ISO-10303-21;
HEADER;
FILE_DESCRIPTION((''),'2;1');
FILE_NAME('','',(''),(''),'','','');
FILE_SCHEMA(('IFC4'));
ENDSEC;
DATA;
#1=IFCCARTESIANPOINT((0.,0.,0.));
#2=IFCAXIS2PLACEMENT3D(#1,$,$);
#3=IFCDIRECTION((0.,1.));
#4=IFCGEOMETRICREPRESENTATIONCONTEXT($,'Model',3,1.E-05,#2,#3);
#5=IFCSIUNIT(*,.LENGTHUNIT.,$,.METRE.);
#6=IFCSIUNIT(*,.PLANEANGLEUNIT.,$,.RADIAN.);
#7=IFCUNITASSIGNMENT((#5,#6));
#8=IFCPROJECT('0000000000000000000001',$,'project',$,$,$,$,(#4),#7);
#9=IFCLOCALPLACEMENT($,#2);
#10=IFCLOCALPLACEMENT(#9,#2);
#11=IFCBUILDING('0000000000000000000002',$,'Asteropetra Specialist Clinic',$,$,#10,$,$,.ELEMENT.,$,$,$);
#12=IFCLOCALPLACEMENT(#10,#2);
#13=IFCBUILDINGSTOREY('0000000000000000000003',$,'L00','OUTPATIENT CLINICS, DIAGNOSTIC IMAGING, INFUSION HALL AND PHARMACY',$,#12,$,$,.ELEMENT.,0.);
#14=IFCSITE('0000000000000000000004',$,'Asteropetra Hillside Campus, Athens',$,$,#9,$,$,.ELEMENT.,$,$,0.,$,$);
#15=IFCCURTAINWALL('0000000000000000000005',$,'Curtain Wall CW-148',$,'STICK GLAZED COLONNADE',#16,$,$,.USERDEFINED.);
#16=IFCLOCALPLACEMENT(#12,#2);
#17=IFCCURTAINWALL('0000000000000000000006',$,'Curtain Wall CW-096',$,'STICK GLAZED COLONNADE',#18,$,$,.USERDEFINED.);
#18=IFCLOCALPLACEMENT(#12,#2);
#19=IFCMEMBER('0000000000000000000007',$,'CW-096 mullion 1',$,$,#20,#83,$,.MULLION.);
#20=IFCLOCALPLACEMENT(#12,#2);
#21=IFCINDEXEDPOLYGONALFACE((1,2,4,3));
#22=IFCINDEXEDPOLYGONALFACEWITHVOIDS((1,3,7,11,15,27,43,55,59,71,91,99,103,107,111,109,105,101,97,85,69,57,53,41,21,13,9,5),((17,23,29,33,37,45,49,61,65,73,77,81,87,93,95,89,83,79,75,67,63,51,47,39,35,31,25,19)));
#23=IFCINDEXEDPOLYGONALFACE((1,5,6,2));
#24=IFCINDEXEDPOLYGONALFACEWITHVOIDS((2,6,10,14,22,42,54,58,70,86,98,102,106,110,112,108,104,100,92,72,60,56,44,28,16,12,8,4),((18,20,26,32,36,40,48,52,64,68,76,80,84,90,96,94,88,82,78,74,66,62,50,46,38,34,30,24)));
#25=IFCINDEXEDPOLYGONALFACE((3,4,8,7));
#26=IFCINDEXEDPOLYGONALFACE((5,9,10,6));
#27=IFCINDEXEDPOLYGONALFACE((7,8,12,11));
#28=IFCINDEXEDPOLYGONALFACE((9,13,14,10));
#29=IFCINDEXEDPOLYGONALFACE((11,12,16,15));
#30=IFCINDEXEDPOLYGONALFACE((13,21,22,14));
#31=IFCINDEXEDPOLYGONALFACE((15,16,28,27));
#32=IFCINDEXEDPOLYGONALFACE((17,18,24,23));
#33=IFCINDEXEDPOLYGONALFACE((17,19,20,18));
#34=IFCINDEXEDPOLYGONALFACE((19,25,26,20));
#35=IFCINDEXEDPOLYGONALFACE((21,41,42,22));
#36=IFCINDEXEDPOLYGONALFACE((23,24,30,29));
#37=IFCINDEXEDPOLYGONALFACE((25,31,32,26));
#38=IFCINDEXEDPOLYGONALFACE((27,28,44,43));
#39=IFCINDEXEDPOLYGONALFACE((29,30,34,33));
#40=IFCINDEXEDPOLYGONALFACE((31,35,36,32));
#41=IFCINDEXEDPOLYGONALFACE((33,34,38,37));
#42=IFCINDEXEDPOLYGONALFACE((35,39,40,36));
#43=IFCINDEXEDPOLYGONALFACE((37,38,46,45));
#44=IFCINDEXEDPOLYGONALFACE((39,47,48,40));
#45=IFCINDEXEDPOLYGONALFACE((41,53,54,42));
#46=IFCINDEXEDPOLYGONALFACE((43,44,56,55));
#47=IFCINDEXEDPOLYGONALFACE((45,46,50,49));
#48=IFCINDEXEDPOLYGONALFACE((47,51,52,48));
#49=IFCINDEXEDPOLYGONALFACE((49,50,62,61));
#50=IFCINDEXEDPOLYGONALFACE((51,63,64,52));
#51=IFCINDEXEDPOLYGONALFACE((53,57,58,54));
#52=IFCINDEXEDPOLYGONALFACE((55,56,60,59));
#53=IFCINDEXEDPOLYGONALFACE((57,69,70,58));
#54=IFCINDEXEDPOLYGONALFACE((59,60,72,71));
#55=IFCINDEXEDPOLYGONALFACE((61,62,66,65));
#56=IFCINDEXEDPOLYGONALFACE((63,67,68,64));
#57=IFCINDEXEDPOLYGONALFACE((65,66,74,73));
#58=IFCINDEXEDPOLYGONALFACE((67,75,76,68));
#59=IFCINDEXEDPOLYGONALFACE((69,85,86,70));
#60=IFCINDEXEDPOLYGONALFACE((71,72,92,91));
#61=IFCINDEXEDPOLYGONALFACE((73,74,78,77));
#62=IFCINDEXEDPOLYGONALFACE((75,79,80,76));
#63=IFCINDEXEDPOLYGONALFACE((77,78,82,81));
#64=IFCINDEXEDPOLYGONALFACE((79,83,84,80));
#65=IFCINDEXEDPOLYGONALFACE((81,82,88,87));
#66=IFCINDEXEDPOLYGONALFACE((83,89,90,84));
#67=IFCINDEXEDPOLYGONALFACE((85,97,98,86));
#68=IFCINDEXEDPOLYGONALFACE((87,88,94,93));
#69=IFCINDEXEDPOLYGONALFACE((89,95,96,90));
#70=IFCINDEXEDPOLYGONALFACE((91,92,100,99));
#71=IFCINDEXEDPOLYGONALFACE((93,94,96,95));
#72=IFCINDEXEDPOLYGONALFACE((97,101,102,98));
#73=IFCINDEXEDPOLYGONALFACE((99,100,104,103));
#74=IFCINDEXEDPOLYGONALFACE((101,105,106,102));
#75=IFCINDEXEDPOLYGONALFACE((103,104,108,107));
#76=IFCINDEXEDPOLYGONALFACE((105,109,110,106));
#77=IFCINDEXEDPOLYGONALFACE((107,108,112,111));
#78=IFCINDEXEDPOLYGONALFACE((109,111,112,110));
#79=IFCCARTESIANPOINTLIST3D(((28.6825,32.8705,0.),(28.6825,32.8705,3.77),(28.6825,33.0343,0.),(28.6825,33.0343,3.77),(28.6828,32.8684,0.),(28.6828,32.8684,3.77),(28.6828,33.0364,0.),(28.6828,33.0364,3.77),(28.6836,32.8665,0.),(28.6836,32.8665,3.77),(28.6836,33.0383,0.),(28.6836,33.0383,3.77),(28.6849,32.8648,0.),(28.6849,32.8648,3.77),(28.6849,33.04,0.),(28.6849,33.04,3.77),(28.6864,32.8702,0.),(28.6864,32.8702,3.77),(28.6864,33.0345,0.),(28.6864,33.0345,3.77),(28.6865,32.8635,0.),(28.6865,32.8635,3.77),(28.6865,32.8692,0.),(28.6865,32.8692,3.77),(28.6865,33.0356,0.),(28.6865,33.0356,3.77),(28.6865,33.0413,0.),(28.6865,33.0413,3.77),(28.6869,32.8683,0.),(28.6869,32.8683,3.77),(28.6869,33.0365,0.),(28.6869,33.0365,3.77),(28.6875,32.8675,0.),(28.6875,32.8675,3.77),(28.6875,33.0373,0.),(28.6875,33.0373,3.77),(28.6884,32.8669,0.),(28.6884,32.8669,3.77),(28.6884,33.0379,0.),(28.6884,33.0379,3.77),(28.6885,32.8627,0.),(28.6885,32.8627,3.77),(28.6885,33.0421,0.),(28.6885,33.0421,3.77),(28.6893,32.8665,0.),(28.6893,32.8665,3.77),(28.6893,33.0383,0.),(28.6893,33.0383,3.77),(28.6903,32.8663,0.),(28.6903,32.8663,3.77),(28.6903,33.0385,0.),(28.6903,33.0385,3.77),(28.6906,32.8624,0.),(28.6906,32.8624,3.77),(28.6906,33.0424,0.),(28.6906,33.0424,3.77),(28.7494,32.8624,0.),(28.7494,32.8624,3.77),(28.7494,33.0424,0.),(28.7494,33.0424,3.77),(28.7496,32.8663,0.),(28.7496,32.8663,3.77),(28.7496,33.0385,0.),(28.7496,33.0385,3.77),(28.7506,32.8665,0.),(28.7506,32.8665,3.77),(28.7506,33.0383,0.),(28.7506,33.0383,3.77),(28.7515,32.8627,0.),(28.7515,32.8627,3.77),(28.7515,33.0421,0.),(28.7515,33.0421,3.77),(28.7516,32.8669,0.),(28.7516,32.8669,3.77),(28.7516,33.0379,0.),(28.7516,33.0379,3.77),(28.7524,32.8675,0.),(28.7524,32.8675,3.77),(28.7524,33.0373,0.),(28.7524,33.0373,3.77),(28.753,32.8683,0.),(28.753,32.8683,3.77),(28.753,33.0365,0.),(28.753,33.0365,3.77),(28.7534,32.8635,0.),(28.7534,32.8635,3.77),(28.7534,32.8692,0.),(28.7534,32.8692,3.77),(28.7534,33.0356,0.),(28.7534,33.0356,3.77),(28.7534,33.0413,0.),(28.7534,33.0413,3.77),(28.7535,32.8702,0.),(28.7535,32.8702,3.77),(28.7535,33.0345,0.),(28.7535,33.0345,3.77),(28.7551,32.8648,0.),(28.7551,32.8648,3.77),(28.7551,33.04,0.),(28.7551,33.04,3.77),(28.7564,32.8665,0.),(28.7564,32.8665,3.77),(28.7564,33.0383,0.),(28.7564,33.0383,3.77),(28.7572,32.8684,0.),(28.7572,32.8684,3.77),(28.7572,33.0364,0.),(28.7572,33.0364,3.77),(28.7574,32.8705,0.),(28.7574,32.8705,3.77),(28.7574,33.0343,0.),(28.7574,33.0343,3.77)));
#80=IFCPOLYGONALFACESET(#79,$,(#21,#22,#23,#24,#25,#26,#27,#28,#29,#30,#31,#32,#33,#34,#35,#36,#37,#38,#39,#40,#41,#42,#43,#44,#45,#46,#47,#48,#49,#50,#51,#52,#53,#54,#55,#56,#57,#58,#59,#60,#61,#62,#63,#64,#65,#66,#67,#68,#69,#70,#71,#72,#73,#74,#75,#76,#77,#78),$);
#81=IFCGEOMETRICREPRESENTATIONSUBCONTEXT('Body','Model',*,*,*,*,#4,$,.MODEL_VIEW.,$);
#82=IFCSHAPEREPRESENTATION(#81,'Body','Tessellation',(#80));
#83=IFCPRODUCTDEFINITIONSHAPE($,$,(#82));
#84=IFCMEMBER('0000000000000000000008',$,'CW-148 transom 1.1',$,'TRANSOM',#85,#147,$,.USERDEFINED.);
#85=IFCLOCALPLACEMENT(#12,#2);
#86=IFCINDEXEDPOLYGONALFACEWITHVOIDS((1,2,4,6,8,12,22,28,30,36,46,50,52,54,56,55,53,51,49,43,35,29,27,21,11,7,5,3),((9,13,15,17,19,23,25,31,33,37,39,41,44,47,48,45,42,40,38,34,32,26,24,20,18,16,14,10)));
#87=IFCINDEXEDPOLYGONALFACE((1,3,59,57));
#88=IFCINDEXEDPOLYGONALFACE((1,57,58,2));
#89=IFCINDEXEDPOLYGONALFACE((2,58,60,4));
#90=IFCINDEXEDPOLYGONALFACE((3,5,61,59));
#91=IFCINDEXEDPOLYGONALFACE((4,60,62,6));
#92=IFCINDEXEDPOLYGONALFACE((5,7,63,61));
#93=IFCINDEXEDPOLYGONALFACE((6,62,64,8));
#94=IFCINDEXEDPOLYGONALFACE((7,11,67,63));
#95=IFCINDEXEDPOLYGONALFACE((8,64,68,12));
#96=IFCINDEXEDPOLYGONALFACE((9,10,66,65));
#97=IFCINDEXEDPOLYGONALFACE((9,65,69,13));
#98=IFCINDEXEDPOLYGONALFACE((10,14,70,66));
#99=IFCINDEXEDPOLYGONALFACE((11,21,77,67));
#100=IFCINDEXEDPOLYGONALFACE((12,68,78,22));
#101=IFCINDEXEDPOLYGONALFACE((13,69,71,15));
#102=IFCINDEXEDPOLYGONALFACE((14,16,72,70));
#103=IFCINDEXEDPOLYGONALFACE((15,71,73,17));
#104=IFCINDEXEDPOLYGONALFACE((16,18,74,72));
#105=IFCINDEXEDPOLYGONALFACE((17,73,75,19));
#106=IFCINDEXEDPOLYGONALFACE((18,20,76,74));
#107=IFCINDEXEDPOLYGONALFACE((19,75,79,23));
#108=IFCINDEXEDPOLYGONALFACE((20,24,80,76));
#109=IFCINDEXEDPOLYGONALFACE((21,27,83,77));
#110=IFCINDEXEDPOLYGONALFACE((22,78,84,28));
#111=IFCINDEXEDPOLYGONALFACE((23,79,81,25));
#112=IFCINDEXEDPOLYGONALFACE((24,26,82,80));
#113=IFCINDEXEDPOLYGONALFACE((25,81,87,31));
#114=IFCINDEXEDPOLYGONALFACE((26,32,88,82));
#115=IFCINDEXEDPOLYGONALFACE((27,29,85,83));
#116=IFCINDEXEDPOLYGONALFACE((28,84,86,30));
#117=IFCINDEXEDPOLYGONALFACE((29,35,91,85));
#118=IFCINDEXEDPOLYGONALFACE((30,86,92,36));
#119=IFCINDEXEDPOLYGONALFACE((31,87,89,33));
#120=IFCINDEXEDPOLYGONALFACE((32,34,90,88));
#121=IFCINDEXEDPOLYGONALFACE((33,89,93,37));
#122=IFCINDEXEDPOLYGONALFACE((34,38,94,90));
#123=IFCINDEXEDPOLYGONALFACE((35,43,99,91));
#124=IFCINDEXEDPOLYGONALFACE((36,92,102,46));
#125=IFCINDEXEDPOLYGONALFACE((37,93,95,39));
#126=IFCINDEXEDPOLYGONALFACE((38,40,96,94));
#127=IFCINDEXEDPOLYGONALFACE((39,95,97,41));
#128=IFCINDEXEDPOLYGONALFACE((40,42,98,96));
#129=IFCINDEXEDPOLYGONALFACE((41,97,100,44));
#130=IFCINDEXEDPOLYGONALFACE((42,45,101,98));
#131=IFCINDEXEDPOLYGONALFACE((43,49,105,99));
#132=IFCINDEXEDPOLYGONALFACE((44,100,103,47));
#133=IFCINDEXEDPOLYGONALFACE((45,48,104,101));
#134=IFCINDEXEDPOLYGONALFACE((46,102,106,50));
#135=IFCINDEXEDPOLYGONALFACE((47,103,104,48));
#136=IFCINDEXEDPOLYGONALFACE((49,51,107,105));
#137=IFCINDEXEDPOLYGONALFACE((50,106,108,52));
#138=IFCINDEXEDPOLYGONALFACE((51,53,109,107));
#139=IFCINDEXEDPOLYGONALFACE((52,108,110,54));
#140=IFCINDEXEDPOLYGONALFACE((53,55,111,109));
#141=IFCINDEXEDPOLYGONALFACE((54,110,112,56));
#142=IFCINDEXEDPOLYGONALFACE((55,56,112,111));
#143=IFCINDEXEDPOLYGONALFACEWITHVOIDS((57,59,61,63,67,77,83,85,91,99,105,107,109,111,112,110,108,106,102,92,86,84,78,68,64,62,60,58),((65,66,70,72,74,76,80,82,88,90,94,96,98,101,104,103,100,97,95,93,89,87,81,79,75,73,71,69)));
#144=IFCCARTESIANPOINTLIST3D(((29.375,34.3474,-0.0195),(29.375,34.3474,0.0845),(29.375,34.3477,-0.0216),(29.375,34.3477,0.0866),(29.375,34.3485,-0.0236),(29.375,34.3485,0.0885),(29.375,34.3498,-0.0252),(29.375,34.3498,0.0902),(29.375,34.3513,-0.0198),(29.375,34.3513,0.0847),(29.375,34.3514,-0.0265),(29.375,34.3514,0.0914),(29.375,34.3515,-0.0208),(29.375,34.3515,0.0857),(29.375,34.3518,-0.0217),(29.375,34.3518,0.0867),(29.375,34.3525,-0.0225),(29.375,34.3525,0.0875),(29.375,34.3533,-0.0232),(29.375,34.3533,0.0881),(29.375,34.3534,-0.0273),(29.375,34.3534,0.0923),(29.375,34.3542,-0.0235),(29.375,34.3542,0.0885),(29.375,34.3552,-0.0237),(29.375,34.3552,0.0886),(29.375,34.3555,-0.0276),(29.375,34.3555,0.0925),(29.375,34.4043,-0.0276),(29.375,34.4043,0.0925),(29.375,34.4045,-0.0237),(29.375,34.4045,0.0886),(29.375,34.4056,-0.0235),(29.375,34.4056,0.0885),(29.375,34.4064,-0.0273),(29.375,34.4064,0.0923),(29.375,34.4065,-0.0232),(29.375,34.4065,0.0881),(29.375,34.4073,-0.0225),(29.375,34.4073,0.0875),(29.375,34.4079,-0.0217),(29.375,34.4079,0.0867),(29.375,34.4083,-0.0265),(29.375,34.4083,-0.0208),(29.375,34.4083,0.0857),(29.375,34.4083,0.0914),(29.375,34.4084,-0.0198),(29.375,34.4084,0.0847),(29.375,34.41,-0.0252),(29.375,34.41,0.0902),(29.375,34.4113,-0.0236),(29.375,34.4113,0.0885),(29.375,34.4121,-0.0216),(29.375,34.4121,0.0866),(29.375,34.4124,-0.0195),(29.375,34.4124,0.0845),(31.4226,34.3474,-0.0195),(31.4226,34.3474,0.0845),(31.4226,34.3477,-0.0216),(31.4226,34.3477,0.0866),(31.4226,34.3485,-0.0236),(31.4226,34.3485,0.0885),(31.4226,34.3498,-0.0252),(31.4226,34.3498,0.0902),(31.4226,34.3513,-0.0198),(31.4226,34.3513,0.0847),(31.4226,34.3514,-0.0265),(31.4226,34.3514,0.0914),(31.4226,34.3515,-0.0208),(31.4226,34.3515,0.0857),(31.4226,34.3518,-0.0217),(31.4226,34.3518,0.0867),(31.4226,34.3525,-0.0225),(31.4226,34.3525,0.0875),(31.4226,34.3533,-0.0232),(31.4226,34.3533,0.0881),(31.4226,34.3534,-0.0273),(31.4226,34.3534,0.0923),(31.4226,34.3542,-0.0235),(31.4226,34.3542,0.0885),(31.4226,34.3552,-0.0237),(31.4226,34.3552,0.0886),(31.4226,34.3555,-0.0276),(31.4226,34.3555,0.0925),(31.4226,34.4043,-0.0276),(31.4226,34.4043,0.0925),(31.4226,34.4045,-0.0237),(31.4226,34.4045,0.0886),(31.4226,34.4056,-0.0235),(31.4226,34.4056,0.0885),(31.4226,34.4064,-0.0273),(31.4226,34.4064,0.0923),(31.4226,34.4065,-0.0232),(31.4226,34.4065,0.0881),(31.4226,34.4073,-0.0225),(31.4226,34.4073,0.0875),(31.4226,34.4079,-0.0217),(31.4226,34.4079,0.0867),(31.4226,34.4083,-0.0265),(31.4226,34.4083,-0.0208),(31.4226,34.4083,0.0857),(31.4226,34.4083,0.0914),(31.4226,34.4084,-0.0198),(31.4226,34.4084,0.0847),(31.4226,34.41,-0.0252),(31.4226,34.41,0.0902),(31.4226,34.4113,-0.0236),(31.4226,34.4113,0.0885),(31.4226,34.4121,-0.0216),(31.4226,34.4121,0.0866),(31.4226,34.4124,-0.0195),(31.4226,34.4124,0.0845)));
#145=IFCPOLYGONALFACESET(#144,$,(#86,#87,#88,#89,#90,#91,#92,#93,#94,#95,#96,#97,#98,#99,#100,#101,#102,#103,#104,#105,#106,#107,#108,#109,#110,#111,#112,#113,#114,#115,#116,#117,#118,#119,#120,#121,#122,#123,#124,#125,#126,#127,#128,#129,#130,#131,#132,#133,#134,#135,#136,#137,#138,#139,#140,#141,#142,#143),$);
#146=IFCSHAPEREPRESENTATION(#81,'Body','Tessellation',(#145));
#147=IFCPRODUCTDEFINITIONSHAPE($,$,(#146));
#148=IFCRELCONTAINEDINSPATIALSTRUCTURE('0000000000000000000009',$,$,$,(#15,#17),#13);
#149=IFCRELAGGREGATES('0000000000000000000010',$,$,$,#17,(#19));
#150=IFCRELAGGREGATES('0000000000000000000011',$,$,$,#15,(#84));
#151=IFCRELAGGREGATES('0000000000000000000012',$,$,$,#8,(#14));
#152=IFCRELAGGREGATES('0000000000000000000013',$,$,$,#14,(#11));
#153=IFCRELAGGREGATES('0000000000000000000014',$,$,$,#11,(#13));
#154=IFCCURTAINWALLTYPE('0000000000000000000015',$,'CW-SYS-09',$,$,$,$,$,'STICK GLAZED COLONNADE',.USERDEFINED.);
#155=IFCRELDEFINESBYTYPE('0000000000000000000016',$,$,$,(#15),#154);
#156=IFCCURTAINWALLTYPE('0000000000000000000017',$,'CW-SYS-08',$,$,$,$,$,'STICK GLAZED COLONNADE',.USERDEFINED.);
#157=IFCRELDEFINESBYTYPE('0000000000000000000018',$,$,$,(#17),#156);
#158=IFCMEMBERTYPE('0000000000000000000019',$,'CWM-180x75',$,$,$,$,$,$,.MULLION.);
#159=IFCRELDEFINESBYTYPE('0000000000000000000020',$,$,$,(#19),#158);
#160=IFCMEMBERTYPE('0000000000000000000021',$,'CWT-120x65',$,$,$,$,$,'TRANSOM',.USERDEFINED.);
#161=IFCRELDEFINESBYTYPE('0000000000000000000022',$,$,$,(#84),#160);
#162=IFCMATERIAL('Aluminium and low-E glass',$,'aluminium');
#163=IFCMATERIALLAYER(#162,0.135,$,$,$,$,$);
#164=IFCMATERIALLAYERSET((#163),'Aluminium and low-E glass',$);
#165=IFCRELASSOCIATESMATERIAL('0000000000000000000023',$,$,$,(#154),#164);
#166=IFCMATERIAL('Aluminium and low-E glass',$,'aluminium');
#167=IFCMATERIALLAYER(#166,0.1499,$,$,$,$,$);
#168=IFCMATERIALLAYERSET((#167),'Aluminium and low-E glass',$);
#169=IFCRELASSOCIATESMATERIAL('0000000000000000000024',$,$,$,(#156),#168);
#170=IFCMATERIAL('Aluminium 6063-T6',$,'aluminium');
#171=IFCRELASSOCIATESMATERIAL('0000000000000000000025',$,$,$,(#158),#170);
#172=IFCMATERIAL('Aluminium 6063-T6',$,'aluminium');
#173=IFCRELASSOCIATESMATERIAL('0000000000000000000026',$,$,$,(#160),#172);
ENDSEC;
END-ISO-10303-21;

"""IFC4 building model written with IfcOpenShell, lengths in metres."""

from ifc_helpers import new_model, si_unit, direction, frame, origin, origin_2d, place, context, subcontext, project, spatial, hollow_rectangle, extrude, material, layer, layer_set, material_profile, profile_set, type_object, element, aggregate, save


model = new_model("IFC4")

# Units and contexts
model_context = context("Model", 3, precision=1e-05, world=origin(), true_north=direction((0.0, 1.0)))
body_context = subcontext(model_context, "Body", "Model", "MODEL_VIEW")
ifc_project = project(units=[si_unit("LENGTHUNIT", "METRE"), si_unit("PLANEANGLEUNIT", "RADIAN")], contexts=[model_context])

# Site, building, storey
site_placement = place(None, origin())
site = spatial("IfcSite", under=ifc_project, at=site_placement, Name="Asteropetra Hillside Campus, Athens", CompositionType="ELEMENT", RefElevation=0.0)
building_placement = place(site_placement, origin())
building = spatial("IfcBuilding", under=site, at=building_placement, Name="Asteropetra Specialist Clinic", CompositionType="ELEMENT")
storey_placement = place(building_placement, origin())
storey = spatial("IfcBuildingStorey", under=building, at=storey_placement, Name="L00", Description="OUTPATIENT CLINICS, DIAGNOSTIC IMAGING, INFUSION HALL AND PHARMACY", CompositionType="ELEMENT", Elevation=0.0)

# Curtain walls, member
ifc_material_1 = material(Name="Aluminium and low-E glass", Category="aluminium")
ifc_layer_1 = layer(ifc_material_1, 0.135)
ifc_layer_set_1 = layer_set([ifc_layer_1], Name="Aluminium and low-E glass")
curtain_wall_type_1 = type_object("IfcCurtainWallType", Name="CW-SYS-09", ElementType="STICK GLAZED COLONNADE", PredefinedType="USERDEFINED", material=ifc_layer_set_1)
curtain_wall_1_placement = place(storey_placement, origin())
curtain_wall_1 = element("IfcCurtainWall", 1, at=curtain_wall_1_placement, inside=storey, type_object=curtain_wall_type_1, Name="Curtain Wall CW-148", ObjectType="STICK GLAZED COLONNADE", PredefinedType="USERDEFINED")
ifc_material_2 = material(Name="Aluminium and low-E glass", Category="aluminium")
ifc_layer_2 = layer(ifc_material_2, 0.1499)
ifc_layer_set_2 = layer_set([ifc_layer_2], Name="Aluminium and low-E glass")
curtain_wall_type_2 = type_object("IfcCurtainWallType", Name="CW-SYS-08", ElementType="STICK GLAZED COLONNADE", PredefinedType="USERDEFINED", material=ifc_layer_set_2)
curtain_wall_2_placement = place(storey_placement, origin())
curtain_wall_2 = element("IfcCurtainWall", 2, at=curtain_wall_2_placement, inside=storey, type_object=curtain_wall_type_2, Name="Curtain Wall CW-096", ObjectType="STICK GLAZED COLONNADE", PredefinedType="USERDEFINED")
ifc_material_3 = material(Name="Aluminium 6063-T6", Category="aluminium")
ifc_material_profile_1 = material_profile(ifc_material_3, hollow_rectangle(XDim=0.075, YDim=0.1799, WallThickness=0.0039, InnerFilletRadius=0.0039, OuterFilletRadius=0.0081, at=origin_2d()), Name="MUL 180x75x4.0")
ifc_profile_set_1 = profile_set([ifc_material_profile_1], Name="Aluminium 6063-T6")
member_type_1 = type_object("IfcMemberType", Name="CWM-180x75", PredefinedType="MULLION", material=ifc_profile_set_1)
member_1_placement = place(storey_placement, frame((28.72, 32.9524, 0.0), z_axis=(0.0, 0.0, 1.0), x_axis=(1.0, 0.0, 0.0)))
member_1 = element("IfcMember", 3, at=member_1_placement, type_object=member_type_1, Name="CW-096 mullion 1", PredefinedType="MULLION", context=body_context, shape_type="SweptSolid", body=[
    extrude(hollow_rectangle(XDim=0.075, YDim=0.1799, WallThickness=0.0039, InnerFilletRadius=0.0039, OuterFilletRadius=0.0081, at=origin_2d()), origin(), (0.0, 0.0, 1.0), 3.77),
])

# Member
ifc_material_4 = material(Name="Aluminium 6063-T6", Category="aluminium")
ifc_material_profile_2 = material_profile(ifc_material_4, hollow_rectangle(XDim=0.0649, YDim=0.1201, WallThickness=0.0039, InnerFilletRadius=0.0039, OuterFilletRadius=0.0081, at=origin_2d()), Name="TRN 120x65x4.0")
ifc_profile_set_2 = profile_set([ifc_material_profile_2], Name="Aluminium 6063-T6")
member_type_2 = type_object("IfcMemberType", Name="CWT-120x65", ElementType="TRANSOM", PredefinedType="USERDEFINED", material=ifc_profile_set_2)
member_2_placement = place(storey_placement, frame((29.375, 34.3799, 0.0325), z_axis=(1.0, 0.0, 0.0), x_axis=(0.0, 1.0, 0.0)))
member_2 = element("IfcMember", 4, at=member_2_placement, type_object=member_type_2, Name="CW-148 transom 1.1", ObjectType="TRANSOM", PredefinedType="USERDEFINED", context=body_context, shape_type="SweptSolid", body=[
    extrude(hollow_rectangle(XDim=0.0649, YDim=0.1201, WallThickness=0.0039, InnerFilletRadius=0.0039, OuterFilletRadius=0.0081, at=origin_2d()), origin(), (0.0, 0.0, 1.0), 2.0476),
])
aggregate(curtain_wall_2, [member_1])

aggregate(curtain_wall_1, [member_2])

save(model, "model.ifc")
